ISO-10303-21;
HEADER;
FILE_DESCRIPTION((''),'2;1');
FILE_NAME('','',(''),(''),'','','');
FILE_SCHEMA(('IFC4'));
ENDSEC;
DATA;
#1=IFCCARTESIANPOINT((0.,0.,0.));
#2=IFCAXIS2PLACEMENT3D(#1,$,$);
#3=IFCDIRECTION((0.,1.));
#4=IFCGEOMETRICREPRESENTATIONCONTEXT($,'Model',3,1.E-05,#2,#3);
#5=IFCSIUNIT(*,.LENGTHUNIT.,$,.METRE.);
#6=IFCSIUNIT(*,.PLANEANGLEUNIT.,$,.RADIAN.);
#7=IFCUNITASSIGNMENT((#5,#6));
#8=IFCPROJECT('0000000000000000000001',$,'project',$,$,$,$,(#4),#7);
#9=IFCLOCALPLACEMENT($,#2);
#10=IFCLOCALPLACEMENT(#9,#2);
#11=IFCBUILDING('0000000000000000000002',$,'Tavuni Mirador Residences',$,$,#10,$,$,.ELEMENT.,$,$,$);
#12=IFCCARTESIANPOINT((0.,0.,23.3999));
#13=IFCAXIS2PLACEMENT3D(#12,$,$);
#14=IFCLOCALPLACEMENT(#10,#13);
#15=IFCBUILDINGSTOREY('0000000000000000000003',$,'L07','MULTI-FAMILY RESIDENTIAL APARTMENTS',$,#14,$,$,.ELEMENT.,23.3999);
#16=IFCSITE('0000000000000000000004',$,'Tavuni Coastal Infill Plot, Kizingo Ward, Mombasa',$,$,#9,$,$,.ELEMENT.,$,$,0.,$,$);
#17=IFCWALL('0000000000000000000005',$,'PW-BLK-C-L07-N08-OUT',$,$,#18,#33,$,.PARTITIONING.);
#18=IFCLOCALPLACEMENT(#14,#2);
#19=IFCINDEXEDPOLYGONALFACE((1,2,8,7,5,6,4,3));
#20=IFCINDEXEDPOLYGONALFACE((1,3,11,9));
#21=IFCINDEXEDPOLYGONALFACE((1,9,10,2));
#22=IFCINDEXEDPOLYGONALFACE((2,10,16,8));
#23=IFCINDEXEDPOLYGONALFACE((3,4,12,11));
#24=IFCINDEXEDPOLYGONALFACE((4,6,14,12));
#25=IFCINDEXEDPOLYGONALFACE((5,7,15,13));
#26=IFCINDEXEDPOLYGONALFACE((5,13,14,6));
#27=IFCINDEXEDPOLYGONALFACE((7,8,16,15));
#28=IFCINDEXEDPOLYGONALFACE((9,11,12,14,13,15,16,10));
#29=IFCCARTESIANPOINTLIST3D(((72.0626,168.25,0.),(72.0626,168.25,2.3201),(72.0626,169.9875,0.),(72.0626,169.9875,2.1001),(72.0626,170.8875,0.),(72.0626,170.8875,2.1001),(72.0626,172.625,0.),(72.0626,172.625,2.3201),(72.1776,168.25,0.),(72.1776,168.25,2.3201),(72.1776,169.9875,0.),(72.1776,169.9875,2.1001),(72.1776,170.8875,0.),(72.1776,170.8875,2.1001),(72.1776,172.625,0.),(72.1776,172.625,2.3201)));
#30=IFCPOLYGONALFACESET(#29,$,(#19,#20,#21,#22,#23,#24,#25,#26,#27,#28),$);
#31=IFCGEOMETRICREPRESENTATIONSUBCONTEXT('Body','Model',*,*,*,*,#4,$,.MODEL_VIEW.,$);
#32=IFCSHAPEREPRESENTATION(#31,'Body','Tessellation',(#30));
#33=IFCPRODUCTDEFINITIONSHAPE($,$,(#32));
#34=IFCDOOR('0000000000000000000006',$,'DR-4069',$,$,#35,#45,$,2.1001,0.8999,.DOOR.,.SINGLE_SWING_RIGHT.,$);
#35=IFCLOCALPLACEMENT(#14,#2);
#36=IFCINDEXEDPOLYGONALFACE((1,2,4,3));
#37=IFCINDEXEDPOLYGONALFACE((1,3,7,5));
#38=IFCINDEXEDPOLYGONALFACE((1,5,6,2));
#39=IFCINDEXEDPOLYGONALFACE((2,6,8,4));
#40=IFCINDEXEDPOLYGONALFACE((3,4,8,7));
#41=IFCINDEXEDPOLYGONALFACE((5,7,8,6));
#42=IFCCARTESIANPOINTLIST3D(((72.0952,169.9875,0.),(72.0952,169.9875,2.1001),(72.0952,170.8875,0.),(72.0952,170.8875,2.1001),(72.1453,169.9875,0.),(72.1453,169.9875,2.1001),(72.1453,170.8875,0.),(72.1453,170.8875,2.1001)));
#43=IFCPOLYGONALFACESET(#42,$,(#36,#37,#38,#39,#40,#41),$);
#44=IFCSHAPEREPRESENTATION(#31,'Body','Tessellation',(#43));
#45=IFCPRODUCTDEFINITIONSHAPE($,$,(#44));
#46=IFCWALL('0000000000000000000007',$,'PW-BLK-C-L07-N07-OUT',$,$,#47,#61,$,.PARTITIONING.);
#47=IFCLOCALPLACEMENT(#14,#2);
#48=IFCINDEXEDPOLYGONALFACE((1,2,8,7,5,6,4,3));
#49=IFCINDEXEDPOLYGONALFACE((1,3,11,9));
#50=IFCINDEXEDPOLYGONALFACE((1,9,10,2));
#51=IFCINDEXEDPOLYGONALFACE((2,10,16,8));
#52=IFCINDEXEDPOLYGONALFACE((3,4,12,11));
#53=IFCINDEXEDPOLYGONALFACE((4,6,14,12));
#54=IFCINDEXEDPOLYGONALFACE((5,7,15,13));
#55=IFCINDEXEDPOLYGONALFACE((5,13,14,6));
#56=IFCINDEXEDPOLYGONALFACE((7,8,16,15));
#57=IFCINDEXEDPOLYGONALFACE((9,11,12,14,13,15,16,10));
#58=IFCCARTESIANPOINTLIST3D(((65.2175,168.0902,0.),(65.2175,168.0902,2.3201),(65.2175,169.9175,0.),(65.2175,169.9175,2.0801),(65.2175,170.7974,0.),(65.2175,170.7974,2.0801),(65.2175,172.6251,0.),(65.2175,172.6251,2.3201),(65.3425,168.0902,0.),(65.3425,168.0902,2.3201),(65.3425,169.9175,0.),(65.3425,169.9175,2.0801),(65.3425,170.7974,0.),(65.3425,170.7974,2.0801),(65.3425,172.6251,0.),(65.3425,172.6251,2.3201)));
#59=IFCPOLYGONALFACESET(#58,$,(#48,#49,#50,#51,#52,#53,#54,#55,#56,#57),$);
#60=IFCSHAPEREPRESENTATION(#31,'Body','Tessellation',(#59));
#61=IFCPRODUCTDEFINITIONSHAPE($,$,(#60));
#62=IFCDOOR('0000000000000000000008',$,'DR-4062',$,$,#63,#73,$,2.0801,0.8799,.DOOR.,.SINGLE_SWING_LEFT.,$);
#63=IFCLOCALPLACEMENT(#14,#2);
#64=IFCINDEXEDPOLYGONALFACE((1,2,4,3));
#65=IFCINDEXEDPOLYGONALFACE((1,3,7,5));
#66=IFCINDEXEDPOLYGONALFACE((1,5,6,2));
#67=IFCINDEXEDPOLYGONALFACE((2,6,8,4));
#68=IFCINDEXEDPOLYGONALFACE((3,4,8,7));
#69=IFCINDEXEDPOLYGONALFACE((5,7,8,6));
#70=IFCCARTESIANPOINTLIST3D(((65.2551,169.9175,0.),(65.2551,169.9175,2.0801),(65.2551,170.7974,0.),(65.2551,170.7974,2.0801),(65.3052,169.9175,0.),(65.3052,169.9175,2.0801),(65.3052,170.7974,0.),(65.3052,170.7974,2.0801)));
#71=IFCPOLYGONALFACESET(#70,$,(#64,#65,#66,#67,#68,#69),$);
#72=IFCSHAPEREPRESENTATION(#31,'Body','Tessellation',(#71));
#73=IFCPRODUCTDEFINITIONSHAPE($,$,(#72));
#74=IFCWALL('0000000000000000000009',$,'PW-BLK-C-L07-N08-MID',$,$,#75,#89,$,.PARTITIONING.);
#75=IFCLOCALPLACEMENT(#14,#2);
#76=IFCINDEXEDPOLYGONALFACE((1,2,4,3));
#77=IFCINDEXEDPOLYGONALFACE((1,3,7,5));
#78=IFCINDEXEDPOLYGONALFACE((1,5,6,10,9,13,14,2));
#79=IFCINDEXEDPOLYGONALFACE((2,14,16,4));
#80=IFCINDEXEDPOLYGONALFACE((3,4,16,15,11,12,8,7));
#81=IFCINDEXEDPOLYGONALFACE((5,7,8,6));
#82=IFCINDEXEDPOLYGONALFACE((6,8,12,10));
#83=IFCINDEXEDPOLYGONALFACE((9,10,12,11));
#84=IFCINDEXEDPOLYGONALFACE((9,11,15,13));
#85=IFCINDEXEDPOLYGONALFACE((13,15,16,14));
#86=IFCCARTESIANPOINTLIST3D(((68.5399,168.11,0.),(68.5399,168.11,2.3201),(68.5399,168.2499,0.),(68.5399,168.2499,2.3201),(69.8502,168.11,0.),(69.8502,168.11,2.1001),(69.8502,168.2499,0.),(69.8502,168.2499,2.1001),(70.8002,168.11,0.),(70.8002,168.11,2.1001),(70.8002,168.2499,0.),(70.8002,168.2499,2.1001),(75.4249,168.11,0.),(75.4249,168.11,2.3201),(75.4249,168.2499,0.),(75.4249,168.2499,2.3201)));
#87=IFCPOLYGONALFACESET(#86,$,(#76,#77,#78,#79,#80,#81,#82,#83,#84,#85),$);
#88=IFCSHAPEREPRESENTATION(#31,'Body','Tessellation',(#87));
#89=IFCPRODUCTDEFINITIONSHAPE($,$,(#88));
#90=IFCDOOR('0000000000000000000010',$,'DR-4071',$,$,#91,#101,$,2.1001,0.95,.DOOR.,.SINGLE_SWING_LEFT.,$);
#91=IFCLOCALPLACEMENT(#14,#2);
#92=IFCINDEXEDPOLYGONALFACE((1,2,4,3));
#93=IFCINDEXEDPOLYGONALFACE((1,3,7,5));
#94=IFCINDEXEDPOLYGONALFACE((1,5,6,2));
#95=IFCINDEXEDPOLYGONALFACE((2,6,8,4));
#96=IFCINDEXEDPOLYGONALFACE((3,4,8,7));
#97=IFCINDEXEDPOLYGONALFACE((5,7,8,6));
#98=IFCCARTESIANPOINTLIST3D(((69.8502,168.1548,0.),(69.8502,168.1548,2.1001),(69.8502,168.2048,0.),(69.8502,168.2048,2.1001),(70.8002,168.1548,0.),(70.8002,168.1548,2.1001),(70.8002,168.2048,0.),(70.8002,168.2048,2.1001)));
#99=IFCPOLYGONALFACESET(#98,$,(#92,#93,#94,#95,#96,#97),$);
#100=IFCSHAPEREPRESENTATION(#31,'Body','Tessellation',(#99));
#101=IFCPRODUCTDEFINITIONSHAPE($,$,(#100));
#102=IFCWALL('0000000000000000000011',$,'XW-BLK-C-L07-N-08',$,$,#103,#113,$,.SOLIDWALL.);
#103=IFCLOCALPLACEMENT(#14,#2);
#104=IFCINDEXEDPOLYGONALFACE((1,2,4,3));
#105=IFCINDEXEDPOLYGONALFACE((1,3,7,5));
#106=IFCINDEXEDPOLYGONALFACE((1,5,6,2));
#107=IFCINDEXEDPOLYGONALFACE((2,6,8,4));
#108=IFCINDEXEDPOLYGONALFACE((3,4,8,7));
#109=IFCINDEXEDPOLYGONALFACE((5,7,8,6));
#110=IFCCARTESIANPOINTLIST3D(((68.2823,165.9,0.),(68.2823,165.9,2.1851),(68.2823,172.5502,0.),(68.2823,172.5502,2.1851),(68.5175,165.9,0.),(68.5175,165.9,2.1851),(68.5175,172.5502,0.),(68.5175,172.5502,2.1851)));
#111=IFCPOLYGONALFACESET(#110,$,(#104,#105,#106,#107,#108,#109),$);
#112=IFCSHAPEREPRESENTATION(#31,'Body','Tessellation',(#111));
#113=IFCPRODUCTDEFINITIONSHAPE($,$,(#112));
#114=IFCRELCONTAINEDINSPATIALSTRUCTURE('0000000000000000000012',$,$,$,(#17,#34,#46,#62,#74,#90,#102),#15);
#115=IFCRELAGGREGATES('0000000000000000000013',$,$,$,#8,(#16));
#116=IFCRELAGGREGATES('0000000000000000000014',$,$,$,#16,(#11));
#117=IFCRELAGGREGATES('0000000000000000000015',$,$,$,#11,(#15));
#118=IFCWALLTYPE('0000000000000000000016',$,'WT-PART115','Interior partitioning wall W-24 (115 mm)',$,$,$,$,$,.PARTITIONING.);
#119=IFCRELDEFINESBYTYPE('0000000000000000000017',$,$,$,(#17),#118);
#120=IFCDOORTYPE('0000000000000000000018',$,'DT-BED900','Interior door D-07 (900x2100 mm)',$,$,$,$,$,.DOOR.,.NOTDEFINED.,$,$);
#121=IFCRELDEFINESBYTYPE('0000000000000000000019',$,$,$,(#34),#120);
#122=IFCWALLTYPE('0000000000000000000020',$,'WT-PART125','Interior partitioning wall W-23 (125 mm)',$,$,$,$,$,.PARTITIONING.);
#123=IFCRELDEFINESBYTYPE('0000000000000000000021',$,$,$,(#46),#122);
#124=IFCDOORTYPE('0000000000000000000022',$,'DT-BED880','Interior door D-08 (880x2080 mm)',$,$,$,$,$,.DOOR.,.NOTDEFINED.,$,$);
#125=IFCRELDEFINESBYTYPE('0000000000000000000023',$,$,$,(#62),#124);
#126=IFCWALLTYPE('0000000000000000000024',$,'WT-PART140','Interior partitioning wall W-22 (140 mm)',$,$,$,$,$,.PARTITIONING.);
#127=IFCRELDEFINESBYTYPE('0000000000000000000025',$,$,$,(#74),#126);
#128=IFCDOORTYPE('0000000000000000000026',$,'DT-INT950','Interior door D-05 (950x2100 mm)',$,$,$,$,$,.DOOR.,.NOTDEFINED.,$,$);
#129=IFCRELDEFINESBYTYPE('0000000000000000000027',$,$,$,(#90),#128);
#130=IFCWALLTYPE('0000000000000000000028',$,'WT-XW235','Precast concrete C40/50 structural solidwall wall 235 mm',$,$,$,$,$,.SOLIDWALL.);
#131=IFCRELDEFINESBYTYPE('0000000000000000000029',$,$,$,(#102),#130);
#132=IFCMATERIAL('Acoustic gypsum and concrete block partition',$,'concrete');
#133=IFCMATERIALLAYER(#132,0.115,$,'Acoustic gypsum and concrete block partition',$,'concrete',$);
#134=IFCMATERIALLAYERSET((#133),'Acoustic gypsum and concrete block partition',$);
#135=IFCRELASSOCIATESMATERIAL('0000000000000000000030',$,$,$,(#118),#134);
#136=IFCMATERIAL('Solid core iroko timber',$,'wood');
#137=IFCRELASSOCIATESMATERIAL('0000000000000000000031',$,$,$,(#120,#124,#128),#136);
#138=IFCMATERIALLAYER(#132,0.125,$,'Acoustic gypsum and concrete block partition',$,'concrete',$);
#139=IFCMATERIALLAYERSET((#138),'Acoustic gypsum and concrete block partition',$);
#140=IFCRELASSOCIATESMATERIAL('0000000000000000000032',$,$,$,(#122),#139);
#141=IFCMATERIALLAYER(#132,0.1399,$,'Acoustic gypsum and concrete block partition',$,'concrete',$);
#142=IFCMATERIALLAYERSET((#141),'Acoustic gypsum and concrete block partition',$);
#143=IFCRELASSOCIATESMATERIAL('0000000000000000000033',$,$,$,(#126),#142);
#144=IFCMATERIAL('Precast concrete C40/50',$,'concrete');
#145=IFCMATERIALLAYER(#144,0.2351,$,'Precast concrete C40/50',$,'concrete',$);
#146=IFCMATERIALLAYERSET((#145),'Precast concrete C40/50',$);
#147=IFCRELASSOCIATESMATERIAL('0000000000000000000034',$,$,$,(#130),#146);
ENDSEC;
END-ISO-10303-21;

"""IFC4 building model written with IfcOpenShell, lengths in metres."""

from ifc_helpers import new_model, si_unit, direction, frame, frame_2d, origin, place, context, subcontext, project, spatial, rectangle, extrude, material, layer, layer_set, type_object, element, fill, save


model = new_model("IFC4")

# Units and contexts
model_context = context("Model", 3, precision=1e-05, world=origin(), true_north=direction((0.0, 1.0)))
body_context = subcontext(model_context, "Body", "Model", "MODEL_VIEW")
ifc_project = project(units=[si_unit("LENGTHUNIT", "METRE"), si_unit("PLANEANGLEUNIT", "RADIAN")], contexts=[model_context])

# Site, building, storey
site_placement = place(None, origin())
site = spatial("IfcSite", under=ifc_project, at=site_placement, Name="Tavuni Coastal Infill Plot, Kizingo Ward, Mombasa", CompositionType="ELEMENT", RefElevation=0.0)
building_placement = place(site_placement, origin())
building = spatial("IfcBuilding", under=site, at=building_placement, Name="Tavuni Mirador Residences", CompositionType="ELEMENT")
storey_placement = place(building_placement, frame((0.0, 0.0, 23.3999)))
storey = spatial("IfcBuildingStorey", under=building, at=storey_placement, Name="L07", Description="MULTI-FAMILY RESIDENTIAL APARTMENTS", CompositionType="ELEMENT", Elevation=23.3999)

# Shared definitions
ifc_material_1 = material(Name="Precast concrete C40/50", Category="concrete")

# Walls, openings, doors
ifc_material_2 = material(Name="Acoustic gypsum and concrete block partition", Category="concrete")
ifc_material_3 = material(Name="Solid core iroko timber", Category="wood")
ifc_layer_1 = layer(ifc_material_2, 0.115, Name="Acoustic gypsum and concrete block partition", Category="concrete")
ifc_layer_set_1 = layer_set([ifc_layer_1], Name="Acoustic gypsum and concrete block partition")
wall_type_1 = type_object("IfcWallType", Name="WT-PART115", Description="Interior partitioning wall W-24 (115 mm)", PredefinedType="PARTITIONING", material=ifc_layer_set_1)
wall_1_placement = place(storey_placement, frame((72.1201, 168.25, 0.0), z_axis=(0.0, 0.0, 1.0), x_axis=(0.0, 1.0, 0.0)))
wall_1 = element("IfcWall", 1, at=wall_1_placement, inside=storey, type_object=wall_type_1, Name="PW-BLK-C-L07-N08-OUT", PredefinedType="PARTITIONING", context=body_context, shape_type="SweptSolid", body=[
    extrude(rectangle(XDim=4.375, YDim=0.115, at=frame_2d((2.1875, 0.0))), origin(), (0.0, 0.0, 1.0), 2.3201),
])
opening_1_placement = place(wall_1_placement, frame((1.7375, 0.0, 0.0)))
opening_1 = element("IfcOpeningElement", 2, at=opening_1_placement, cuts=wall_1, PredefinedType="OPENING", context=body_context, shape_type="SweptSolid", body=[
    extrude(rectangle(XDim=0.8999, YDim=2.1001, at=frame_2d((0.45, 1.05))), frame((0.0, 0.0674, 0.0), z_axis=(0.0, -1.0, 0.0), x_axis=(1.0, 0.0, 0.0)), (0.0, 0.0, 1.0), 0.135),
])
door_type_1 = type_object("IfcDoorType", Name="DT-BED900", Description="Interior door D-07 (900x2100 mm)", OperationType="NOTDEFINED", PredefinedType="DOOR", material=ifc_material_3)
door_1_placement = place(opening_1_placement, origin())
door_1 = element("IfcDoor", 3, at=door_1_placement, inside=storey, type_object=door_type_1, Name="DR-4069", OperationType="SINGLE_SWING_RIGHT", OverallHeight=2.1001, OverallWidth=0.8999, PredefinedType="DOOR", context=body_context, shape_type="SweptSolid", body=[
    extrude(rectangle(XDim=0.8999, YDim=2.1001, at=frame_2d((0.45, 1.05))), frame((0.0, 0.0249, 0.0), z_axis=(0.0, -1.0, 0.0), x_axis=(1.0, 0.0, 0.0)), (0.0, 0.0, 1.0), 0.05),
])
fill(opening_1, door_1)
ifc_layer_2 = layer(ifc_material_2, 0.125, Name="Acoustic gypsum and concrete block partition", Category="concrete")
ifc_layer_set_2 = layer_set([ifc_layer_2], Name="Acoustic gypsum and concrete block partition")
wall_type_2 = type_object("IfcWallType", Name="WT-PART125", Description="Interior partitioning wall W-23 (125 mm)", PredefinedType="PARTITIONING", material=ifc_layer_set_2)
wall_2_placement = place(storey_placement, frame((65.28, 168.0901, 0.0), z_axis=(0.0, 0.0, 1.0), x_axis=(0.0, 1.0, 0.0)))
wall_2 = element("IfcWall", 4, at=wall_2_placement, inside=storey, type_object=wall_type_2, Name="PW-BLK-C-L07-N07-OUT", PredefinedType="PARTITIONING", context=body_context, shape_type="SweptSolid", body=[
    extrude(rectangle(XDim=4.5349, YDim=0.125, at=frame_2d((2.2676, 0.0))), origin(), (0.0, 0.0, 1.0), 2.3201),
])
opening_2_placement = place(wall_2_placement, frame((1.8274, 0.0, 0.0)))
opening_2 = element("IfcOpeningElement", 5, at=opening_2_placement, cuts=wall_2, PredefinedType="OPENING", context=body_context, shape_type="SweptSolid", body=[
    extrude(rectangle(XDim=0.8799, YDim=2.0801, at=frame_2d((0.4399, 1.04))), frame((0.0, 0.0725, 0.0), z_axis=(0.0, -1.0, 0.0), x_axis=(1.0, 0.0, 0.0)), (0.0, 0.0, 1.0), 0.145),
])
door_type_2 = type_object("IfcDoorType", Name="DT-BED880", Description="Interior door D-08 (880x2080 mm)", OperationType="NOTDEFINED", PredefinedType="DOOR", material=ifc_material_3)
door_2_placement = place(opening_2_placement, origin())
door_2 = element("IfcDoor", 6, at=door_2_placement, inside=storey, type_object=door_type_2, Name="DR-4062", OperationType="SINGLE_SWING_LEFT", OverallHeight=2.0801, OverallWidth=0.8799, PredefinedType="DOOR", context=body_context, shape_type="SweptSolid", body=[
    extrude(rectangle(XDim=0.8799, YDim=2.0801, at=frame_2d((0.4399, 1.04))), frame((0.0, 0.0249, 0.0), z_axis=(0.0, -1.0, 0.0), x_axis=(1.0, 0.0, 0.0)), (0.0, 0.0, 1.0), 0.05),
])
fill(opening_2, door_2)
ifc_layer_3 = layer(ifc_material_2, 0.1399, Name="Acoustic gypsum and concrete block partition", Category="concrete")
ifc_layer_set_3 = layer_set([ifc_layer_3], Name="Acoustic gypsum and concrete block partition")
wall_type_3 = type_object("IfcWallType", Name="WT-PART140", Description="Interior partitioning wall W-22 (140 mm)", PredefinedType="PARTITIONING", material=ifc_layer_set_3)
wall_3_placement = place(storey_placement, frame((68.54, 168.1799, 0.0), z_axis=(0.0, 0.0, 1.0), x_axis=(1.0, 0.0, 0.0)))
wall_3 = element("IfcWall", 7, at=wall_3_placement, inside=storey, type_object=wall_type_3, Name="PW-BLK-C-L07-N08-MID", PredefinedType="PARTITIONING", context=body_context, shape_type="SweptSolid", body=[
    extrude(rectangle(XDim=6.885, YDim=0.1399, at=frame_2d((3.4424, 0.0))), origin(), (0.0, 0.0, 1.0), 2.3201),
])
opening_3_placement = place(wall_3_placement, frame((1.3101, 0.0, 0.0)))
opening_3 = element("IfcOpeningElement", 8, at=opening_3_placement, cuts=wall_3, PredefinedType="OPENING", context=body_context, shape_type="SweptSolid", body=[
    extrude(rectangle(XDim=0.95, YDim=2.1001, at=frame_2d((0.4751, 1.05))), frame((0.0, 0.0801, 0.0), z_axis=(0.0, -1.0, 0.0), x_axis=(1.0, 0.0, 0.0)), (0.0, 0.0, 1.0), 0.1599),
])
door_type_3 = type_object("IfcDoorType", Name="DT-INT950", Description="Interior door D-05 (950x2100 mm)", OperationType="NOTDEFINED", PredefinedType="DOOR", material=ifc_material_3)
door_3_placement = place(opening_3_placement, origin())
door_3 = element("IfcDoor", 9, at=door_3_placement, inside=storey, type_object=door_type_3, Name="DR-4071", OperationType="SINGLE_SWING_LEFT", OverallHeight=2.1001, OverallWidth=0.95, PredefinedType="DOOR", context=body_context, shape_type="SweptSolid", body=[
    extrude(rectangle(XDim=0.95, YDim=2.1001, at=frame_2d((0.4751, 1.05))), frame((0.0, 0.0249, 0.0), z_axis=(0.0, -1.0, 0.0), x_axis=(1.0, 0.0, 0.0)), (0.0, 0.0, 1.0), 0.05),
])
fill(opening_3, door_3)

# Wall
ifc_layer_4 = layer(ifc_material_1, 0.2351, Name="Precast concrete C40/50", Category="concrete")
ifc_layer_set_4 = layer_set([ifc_layer_4], Name="Precast concrete C40/50")
wall_type_4 = type_object("IfcWallType", Name="WT-XW235", Description="Precast concrete C40/50 structural solidwall wall 235 mm", PredefinedType="SOLIDWALL", material=ifc_layer_set_4)
wall_4_placement = place(storey_placement, frame((68.3999, 165.8999, 0.0), z_axis=(0.0, 0.0, 1.0), x_axis=(0.0, 1.0, 0.0)))
element("IfcWall", 10, at=wall_4_placement, inside=storey, type_object=wall_type_4, Name="XW-BLK-C-L07-N-08", PredefinedType="SOLIDWALL", context=body_context, shape_type="SweptSolid", body=[
    extrude(rectangle(XDim=6.6501, YDim=0.2351, at=frame_2d((3.3252, 0.0))), origin(), (0.0, 0.0, 1.0), 2.1851),
])

save(model, "model.ifc")
